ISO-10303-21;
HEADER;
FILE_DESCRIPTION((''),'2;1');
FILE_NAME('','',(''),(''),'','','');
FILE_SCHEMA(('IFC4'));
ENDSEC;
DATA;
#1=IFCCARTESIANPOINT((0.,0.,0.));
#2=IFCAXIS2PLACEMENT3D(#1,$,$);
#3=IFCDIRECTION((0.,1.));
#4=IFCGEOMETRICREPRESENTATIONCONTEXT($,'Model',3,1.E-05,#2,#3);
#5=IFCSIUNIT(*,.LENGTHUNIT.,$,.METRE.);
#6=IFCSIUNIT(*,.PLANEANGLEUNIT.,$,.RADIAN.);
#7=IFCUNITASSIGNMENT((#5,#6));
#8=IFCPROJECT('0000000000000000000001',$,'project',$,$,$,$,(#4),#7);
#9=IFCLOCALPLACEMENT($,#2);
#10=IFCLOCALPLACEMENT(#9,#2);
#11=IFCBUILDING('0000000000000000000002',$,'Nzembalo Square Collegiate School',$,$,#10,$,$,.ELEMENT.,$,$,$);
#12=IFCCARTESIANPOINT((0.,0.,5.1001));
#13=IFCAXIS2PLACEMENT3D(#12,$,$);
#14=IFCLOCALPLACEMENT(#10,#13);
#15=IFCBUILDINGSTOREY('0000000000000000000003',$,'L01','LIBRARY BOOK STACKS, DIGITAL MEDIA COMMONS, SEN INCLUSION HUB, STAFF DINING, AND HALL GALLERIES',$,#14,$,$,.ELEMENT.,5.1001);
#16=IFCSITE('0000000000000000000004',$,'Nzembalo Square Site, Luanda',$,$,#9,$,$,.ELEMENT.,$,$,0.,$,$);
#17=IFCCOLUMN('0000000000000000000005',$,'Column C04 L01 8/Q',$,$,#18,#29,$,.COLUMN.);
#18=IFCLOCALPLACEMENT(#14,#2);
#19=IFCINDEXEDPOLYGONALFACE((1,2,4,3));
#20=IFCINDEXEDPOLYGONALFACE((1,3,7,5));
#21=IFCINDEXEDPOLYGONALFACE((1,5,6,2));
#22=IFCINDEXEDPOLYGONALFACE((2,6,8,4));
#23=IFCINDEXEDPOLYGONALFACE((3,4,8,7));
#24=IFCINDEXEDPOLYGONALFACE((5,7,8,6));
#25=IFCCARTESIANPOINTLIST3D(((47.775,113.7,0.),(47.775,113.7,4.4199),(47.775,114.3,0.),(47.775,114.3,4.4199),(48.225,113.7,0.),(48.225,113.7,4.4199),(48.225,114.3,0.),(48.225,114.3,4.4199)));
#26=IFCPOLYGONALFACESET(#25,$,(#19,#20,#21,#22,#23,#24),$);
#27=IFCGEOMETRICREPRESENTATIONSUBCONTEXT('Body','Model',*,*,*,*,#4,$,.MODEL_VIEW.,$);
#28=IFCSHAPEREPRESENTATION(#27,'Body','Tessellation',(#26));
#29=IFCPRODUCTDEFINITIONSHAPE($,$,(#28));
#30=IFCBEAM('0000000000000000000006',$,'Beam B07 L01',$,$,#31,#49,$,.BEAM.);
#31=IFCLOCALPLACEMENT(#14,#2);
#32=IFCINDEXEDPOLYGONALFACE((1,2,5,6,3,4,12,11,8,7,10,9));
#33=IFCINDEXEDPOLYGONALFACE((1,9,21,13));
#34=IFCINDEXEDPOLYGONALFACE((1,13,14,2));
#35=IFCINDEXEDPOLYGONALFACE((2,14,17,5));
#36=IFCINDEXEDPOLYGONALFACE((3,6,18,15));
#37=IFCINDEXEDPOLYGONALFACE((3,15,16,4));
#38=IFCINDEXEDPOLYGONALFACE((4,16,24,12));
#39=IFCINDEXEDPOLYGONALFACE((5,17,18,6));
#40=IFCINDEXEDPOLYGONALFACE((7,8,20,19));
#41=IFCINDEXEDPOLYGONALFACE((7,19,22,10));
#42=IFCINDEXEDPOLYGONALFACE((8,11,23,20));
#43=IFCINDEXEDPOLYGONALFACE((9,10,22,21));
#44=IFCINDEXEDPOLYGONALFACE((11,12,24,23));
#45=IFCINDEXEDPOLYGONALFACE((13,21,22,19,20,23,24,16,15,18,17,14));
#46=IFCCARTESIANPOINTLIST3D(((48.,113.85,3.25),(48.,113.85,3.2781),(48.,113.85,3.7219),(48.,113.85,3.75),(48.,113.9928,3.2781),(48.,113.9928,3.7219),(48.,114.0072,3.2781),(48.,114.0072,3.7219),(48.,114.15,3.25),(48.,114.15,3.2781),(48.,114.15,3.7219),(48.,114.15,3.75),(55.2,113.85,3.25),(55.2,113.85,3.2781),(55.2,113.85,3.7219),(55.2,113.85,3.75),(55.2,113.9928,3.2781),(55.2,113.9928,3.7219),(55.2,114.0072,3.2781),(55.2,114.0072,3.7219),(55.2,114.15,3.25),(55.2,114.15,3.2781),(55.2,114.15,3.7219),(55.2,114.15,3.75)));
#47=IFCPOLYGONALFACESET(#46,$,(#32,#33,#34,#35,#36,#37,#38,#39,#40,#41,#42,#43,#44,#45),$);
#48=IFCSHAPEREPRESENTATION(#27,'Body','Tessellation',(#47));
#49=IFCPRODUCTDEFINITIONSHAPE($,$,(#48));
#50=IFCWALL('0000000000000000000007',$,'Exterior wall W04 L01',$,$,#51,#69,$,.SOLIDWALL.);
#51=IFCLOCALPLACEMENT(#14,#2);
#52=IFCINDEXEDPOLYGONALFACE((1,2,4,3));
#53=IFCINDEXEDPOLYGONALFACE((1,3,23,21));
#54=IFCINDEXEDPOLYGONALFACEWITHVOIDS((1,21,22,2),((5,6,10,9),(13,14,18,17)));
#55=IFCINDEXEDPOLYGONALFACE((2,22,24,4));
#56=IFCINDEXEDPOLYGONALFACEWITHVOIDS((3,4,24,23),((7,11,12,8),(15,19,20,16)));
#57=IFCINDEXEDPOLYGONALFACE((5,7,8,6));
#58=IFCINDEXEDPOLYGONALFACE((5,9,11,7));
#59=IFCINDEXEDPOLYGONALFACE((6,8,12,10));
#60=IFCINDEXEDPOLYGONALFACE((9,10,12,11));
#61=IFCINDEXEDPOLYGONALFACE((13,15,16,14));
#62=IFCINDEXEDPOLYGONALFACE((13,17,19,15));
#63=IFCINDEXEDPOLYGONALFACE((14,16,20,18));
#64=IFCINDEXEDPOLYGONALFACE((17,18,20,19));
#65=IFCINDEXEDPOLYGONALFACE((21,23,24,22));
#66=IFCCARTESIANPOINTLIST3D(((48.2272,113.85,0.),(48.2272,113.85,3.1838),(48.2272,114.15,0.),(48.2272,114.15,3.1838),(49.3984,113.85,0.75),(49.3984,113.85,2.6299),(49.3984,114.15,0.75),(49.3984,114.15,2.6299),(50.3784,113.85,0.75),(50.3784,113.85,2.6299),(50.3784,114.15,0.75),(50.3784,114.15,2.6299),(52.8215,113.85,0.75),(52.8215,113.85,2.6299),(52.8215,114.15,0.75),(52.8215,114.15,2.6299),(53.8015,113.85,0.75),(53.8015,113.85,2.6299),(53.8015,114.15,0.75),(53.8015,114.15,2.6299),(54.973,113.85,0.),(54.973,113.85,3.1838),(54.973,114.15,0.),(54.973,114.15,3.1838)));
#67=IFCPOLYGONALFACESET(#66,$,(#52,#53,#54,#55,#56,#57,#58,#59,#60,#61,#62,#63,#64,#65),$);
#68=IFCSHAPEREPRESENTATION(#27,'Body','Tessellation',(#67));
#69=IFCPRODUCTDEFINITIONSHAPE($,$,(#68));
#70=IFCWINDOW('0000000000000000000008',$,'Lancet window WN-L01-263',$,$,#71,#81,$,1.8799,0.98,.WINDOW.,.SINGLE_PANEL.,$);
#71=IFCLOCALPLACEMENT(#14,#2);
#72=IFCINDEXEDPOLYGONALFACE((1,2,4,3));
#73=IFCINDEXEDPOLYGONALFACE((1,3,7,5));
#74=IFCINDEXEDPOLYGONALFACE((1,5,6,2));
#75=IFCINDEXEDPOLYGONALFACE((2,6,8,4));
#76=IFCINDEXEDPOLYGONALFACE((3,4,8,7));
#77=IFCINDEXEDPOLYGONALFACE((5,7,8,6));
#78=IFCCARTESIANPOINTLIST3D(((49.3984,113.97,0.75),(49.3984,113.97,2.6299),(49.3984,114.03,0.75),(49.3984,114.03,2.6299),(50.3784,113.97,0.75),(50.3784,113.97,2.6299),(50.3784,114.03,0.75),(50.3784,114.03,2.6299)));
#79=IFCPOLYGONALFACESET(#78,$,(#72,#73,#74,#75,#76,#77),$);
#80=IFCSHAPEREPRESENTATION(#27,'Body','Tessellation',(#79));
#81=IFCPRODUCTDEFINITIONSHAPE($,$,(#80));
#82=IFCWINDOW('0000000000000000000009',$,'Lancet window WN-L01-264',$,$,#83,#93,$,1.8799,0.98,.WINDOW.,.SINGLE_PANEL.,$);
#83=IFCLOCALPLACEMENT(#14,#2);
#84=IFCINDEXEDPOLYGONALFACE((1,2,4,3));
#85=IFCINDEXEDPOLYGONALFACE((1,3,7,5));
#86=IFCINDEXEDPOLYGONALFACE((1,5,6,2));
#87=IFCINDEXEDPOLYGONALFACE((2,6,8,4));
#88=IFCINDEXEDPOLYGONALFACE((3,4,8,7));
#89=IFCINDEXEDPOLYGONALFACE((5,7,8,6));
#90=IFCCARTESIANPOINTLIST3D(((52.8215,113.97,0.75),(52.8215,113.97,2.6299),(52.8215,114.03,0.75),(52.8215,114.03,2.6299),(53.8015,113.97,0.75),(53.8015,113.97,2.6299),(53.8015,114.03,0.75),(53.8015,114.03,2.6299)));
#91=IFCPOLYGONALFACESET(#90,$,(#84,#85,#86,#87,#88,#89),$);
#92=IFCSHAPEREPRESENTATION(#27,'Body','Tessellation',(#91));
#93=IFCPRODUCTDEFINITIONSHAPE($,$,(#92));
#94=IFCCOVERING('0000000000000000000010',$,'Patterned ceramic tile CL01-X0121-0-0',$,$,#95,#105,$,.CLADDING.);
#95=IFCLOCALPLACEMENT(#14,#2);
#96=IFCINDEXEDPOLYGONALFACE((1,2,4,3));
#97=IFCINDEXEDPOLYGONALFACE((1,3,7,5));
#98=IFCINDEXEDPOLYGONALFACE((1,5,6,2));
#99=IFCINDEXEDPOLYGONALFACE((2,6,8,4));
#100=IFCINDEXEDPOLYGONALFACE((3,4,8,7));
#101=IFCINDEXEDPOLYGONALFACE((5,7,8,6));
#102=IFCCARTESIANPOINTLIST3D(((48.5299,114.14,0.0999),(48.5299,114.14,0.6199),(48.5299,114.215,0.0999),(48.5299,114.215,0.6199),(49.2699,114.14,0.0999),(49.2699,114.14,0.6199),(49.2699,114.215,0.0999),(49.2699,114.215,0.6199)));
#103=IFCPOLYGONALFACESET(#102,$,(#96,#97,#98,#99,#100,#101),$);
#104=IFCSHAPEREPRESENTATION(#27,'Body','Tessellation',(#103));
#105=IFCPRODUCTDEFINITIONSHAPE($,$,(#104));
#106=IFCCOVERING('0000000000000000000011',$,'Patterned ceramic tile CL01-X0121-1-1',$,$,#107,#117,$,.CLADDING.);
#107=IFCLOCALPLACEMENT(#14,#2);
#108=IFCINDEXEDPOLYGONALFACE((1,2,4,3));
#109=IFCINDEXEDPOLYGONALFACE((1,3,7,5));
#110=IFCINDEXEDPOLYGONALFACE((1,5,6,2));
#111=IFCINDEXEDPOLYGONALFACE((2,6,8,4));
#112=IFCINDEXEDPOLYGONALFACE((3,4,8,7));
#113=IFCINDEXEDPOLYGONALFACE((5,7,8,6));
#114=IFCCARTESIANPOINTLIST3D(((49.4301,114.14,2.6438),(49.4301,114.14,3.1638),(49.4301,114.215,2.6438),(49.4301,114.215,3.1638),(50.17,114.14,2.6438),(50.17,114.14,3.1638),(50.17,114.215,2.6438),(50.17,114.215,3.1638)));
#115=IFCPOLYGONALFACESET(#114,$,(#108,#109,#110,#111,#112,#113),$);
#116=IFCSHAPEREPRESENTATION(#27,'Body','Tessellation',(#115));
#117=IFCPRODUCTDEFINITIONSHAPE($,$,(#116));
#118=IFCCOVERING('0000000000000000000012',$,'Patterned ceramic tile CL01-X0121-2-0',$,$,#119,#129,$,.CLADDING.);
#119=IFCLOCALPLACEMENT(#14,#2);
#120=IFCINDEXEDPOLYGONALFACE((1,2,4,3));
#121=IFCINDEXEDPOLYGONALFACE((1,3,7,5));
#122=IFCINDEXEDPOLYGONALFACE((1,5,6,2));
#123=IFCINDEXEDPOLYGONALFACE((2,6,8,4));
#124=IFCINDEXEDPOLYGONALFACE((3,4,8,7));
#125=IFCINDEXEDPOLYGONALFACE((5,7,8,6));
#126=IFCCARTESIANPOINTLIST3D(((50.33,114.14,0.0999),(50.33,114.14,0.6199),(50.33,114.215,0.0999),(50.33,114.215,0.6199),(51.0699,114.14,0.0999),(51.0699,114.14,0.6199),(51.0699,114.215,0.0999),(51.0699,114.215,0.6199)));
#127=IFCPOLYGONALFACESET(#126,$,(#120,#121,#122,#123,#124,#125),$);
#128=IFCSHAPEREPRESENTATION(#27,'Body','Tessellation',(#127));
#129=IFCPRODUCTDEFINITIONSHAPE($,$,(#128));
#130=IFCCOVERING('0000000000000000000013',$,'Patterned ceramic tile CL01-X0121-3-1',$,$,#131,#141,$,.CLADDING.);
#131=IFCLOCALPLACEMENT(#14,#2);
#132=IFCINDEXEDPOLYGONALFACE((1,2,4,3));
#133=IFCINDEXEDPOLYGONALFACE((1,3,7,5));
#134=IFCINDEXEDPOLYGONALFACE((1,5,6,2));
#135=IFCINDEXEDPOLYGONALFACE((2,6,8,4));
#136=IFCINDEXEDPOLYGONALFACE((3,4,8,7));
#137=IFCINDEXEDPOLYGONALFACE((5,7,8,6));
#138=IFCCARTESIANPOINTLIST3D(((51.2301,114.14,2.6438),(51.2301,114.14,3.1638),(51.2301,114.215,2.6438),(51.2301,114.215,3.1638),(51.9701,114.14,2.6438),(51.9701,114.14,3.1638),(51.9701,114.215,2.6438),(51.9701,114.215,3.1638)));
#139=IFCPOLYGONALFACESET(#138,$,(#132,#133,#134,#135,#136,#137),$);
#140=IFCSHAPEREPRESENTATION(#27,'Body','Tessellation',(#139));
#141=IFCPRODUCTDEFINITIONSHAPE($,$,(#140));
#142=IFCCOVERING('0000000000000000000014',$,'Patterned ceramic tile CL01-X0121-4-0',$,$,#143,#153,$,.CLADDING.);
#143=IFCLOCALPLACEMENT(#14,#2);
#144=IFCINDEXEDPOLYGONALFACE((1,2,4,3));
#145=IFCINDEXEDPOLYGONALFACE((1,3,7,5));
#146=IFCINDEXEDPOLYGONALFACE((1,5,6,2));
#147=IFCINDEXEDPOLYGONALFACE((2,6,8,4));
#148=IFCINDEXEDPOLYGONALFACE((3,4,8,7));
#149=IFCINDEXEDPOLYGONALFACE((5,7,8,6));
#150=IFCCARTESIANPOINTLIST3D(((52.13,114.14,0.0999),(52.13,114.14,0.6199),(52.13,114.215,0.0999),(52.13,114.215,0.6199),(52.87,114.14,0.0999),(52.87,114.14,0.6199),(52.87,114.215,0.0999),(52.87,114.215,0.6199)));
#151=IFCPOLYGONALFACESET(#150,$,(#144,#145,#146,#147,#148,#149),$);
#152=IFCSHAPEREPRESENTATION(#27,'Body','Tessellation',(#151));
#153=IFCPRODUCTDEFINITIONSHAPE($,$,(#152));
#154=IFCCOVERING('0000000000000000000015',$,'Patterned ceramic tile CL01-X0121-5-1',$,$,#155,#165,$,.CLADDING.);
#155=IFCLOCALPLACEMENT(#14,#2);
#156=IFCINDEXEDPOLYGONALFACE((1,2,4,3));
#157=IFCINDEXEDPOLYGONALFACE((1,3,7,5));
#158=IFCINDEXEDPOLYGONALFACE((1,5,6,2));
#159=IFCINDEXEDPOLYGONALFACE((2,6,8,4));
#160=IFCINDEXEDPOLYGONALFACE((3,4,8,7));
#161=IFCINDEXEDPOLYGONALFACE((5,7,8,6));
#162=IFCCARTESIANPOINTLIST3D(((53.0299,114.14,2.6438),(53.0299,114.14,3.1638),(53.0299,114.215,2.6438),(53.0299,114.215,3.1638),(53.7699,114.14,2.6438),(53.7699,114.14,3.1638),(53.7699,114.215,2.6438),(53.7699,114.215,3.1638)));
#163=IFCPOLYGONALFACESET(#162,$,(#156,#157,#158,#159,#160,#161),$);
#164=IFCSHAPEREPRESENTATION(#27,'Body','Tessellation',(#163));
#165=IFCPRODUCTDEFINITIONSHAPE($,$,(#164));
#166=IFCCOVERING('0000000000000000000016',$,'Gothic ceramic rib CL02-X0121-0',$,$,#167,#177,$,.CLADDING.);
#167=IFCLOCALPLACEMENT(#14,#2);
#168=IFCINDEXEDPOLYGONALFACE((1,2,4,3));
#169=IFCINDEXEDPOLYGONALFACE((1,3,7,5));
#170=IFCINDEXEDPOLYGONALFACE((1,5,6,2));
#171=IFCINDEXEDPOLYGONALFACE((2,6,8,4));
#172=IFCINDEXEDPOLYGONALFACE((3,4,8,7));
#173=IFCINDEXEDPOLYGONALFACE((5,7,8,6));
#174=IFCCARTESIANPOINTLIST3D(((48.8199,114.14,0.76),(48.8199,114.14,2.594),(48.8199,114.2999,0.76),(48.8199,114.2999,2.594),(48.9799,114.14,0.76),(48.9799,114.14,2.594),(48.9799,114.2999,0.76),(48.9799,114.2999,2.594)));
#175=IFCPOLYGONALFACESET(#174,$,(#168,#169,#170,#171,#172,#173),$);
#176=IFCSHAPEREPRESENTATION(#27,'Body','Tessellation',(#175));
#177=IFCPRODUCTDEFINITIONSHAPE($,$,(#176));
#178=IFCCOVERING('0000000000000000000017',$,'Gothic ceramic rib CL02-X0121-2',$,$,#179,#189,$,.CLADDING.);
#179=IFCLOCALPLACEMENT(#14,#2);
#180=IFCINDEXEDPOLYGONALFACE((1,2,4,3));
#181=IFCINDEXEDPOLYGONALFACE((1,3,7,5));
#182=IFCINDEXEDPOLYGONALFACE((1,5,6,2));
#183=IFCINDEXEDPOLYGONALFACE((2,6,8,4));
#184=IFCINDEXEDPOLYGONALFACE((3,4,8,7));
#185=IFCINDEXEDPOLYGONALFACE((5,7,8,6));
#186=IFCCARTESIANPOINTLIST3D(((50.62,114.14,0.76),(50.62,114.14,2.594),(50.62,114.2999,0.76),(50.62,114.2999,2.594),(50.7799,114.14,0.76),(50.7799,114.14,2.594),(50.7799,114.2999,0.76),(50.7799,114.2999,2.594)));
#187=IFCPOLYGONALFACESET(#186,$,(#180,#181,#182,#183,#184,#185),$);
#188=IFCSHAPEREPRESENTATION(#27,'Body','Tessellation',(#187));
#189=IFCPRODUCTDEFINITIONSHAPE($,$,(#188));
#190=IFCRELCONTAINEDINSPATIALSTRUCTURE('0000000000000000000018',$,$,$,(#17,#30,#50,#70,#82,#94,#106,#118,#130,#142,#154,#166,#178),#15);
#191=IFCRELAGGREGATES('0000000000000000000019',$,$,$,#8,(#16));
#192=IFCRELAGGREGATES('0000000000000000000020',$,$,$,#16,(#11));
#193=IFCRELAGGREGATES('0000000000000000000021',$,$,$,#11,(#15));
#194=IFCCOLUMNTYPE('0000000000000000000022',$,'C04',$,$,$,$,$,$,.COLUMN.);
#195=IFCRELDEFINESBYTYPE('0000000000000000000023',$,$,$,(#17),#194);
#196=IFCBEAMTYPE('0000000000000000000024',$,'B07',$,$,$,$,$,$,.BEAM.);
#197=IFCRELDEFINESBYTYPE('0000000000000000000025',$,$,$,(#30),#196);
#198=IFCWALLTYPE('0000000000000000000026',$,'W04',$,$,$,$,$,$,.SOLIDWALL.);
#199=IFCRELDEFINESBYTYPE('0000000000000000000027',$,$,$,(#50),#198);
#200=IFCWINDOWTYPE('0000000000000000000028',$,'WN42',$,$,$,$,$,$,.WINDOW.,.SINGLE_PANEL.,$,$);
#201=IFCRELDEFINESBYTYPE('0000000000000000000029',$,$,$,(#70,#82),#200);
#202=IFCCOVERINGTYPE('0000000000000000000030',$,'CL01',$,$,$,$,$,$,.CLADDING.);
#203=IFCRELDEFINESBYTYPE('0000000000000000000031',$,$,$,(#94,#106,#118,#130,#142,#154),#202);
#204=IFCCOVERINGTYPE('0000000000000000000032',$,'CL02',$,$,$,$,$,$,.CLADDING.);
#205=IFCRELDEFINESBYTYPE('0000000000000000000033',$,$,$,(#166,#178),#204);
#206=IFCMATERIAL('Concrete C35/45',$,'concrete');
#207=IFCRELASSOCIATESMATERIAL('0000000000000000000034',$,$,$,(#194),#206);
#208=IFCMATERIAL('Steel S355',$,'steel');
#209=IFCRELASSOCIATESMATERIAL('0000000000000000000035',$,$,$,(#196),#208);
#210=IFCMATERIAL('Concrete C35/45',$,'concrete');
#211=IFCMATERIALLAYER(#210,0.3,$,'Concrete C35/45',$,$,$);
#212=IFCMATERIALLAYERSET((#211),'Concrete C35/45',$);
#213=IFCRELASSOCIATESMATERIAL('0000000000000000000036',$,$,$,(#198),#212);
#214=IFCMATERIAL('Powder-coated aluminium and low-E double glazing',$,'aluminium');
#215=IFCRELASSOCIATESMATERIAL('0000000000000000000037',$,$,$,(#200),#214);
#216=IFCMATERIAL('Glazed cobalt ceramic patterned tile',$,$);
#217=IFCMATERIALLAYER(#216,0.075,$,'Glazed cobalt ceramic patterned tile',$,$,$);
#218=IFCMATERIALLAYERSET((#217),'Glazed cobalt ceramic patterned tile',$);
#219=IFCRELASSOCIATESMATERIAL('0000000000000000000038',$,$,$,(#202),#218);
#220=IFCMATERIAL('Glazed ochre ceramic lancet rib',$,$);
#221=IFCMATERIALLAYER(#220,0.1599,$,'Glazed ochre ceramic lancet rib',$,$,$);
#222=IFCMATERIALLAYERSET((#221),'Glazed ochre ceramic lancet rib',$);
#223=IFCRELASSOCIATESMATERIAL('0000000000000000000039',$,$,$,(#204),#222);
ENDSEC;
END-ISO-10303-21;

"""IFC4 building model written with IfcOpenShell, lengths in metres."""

from ifc_helpers import new_model, si_unit, direction, frame, frame_2d, origin, origin_2d, place, context, subcontext, project, spatial, rectangle, i_section, extrude, material, layer, layer_set, material_profile, profile_set, type_object, element, fill, save


model = new_model("IFC4")

# Units and contexts
model_context = context("Model", 3, precision=1e-05, world=origin(), true_north=direction((0.0, 1.0)))
body_context = subcontext(model_context, "Body", "Model", "MODEL_VIEW")
ifc_project = project(units=[si_unit("LENGTHUNIT", "METRE"), si_unit("PLANEANGLEUNIT", "RADIAN")], contexts=[model_context])

# Site, building, storey
site_placement = place(None, origin())
site = spatial("IfcSite", under=ifc_project, at=site_placement, Name="Nzembalo Square Site, Luanda", CompositionType="ELEMENT", RefElevation=0.0)
building_placement = place(site_placement, origin())
building = spatial("IfcBuilding", under=site, at=building_placement, Name="Nzembalo Square Collegiate School", CompositionType="ELEMENT")
storey_placement = place(building_placement, frame((0.0, 0.0, 5.1001)))
storey = spatial("IfcBuildingStorey", under=building, at=storey_placement, Name="L01", Description="LIBRARY BOOK STACKS, DIGITAL MEDIA COMMONS, SEN INCLUSION HUB, STAFF DINING, AND HALL GALLERIES", CompositionType="ELEMENT", Elevation=5.1001)

# Column
ifc_material_1 = material(Name="Concrete C35/45", Category="concrete")
ifc_material_profile_1 = material_profile(ifc_material_1, rectangle(XDim=0.45, YDim=0.6001, at=origin_2d()), Name="RC 450x600")
ifc_profile_set_1 = profile_set([ifc_material_profile_1], Name="Concrete C35/45")
column_type = type_object("IfcColumnType", Name="C04", PredefinedType="COLUMN", material=ifc_profile_set_1)
column_placement = place(storey_placement, frame((48.0, 114.0, 0.0), z_axis=(0.0, 0.0, 1.0), x_axis=(1.0, 0.0, 0.0)))
element("IfcColumn", 1, at=column_placement, inside=storey, type_object=column_type, Name="Column C04 L01 8/Q", PredefinedType="COLUMN", context=body_context, shape_type="SweptSolid", body=[
    extrude(rectangle(XDim=0.45, YDim=0.6001, at=origin_2d()), origin(), (0.0, 0.0, 1.0), 4.4199),
])

# Beam
ifc_material_2 = material(Name="Steel S355", Category="steel")
ifc_material_profile_2 = material_profile(ifc_material_2, i_section(OverallWidth=0.3, OverallDepth=0.5, WebThickness=0.0144, FlangeThickness=0.0281, at=origin_2d()), Name="HEB 500")
ifc_profile_set_2 = profile_set([ifc_material_profile_2], Name="Steel S355")
beam_type = type_object("IfcBeamType", Name="B07", PredefinedType="BEAM", material=ifc_profile_set_2)
beam_placement = place(storey_placement, frame((48.0, 114.0, 3.5), z_axis=(1.0, 0.0, 0.0), x_axis=(0.0, 1.0, 0.0)))
element("IfcBeam", 2, at=beam_placement, inside=storey, type_object=beam_type, Name="Beam B07 L01", PredefinedType="BEAM", context=body_context, shape_type="SweptSolid", body=[
    extrude(i_section(OverallWidth=0.3, OverallDepth=0.5, WebThickness=0.0144, FlangeThickness=0.0281, at=origin_2d()), origin(), (0.0, 0.0, 1.0), 7.2),
])

# Wall, openings, windows
ifc_material_3 = material(Name="Concrete C35/45", Category="concrete")
ifc_layer_1 = layer(ifc_material_3, 0.3, Name="Concrete C35/45")
ifc_layer_set_1 = layer_set([ifc_layer_1], Name="Concrete C35/45")
wall_type = type_object("IfcWallType", Name="W04", PredefinedType="SOLIDWALL", material=ifc_layer_set_1)
wall_placement = place(storey_placement, frame((48.2271, 114.0, 0.0), z_axis=(0.0, 0.0, 1.0), x_axis=(1.0, 0.0, 0.0)))
wall = element("IfcWall", 3, at=wall_placement, inside=storey, type_object=wall_type, Name="Exterior wall W04 L01", PredefinedType="SOLIDWALL", context=body_context, shape_type="SweptSolid", body=[
    extrude(rectangle(XDim=6.7458, YDim=0.3, at=frame_2d((3.373, 0.0))), origin(), (0.0, 0.0, 1.0), 3.1838),
])
opening_1_placement = place(wall_placement, frame((1.1714, 0.0, 0.75)))
opening_1 = element("IfcOpeningElement", 4, at=opening_1_placement, cuts=wall, PredefinedType="OPENING", context=body_context, shape_type="SweptSolid", body=[
    extrude(rectangle(XDim=0.98, YDim=1.8799, at=frame_2d((0.49, 0.9399))), frame((0.0, 0.1602, 0.0), z_axis=(0.0, -1.0, 0.0), x_axis=(1.0, 0.0, 0.0)), (0.0, 0.0, 1.0), 0.3201),
])
opening_2_placement = place(wall_placement, frame((4.5945, 0.0, 0.75)))
opening_2 = element("IfcOpeningElement", 5, at=opening_2_placement, cuts=wall, PredefinedType="OPENING", context=body_context, shape_type="SweptSolid", body=[
    extrude(rectangle(XDim=0.98, YDim=1.8799, at=frame_2d((0.49, 0.9399))), frame((0.0, 0.1602, 0.0), z_axis=(0.0, -1.0, 0.0), x_axis=(1.0, 0.0, 0.0)), (0.0, 0.0, 1.0), 0.3201),
])
ifc_material_4 = material(Name="Powder-coated aluminium and low-E double glazing", Category="aluminium")
window_type = type_object("IfcWindowType", Name="WN42", PartitioningType="SINGLE_PANEL", PredefinedType="WINDOW", material=ifc_material_4)
window_1_placement = place(opening_1_placement, origin())
window_1 = element("IfcWindow", 6, at=window_1_placement, inside=storey, type_object=window_type, Name="Lancet window WN-L01-263", OverallHeight=1.8799, OverallWidth=0.98, PartitioningType="SINGLE_PANEL", PredefinedType="WINDOW", context=body_context, shape_type="SweptSolid", body=[
    extrude(rectangle(XDim=0.98, YDim=1.8799, at=frame_2d((0.49, 0.9399))), frame((0.0, 0.03, 0.0), z_axis=(0.0, -1.0, 0.0), x_axis=(1.0, 0.0, 0.0)), (0.0, 0.0, 1.0), 0.0601),
])
fill(opening_1, window_1)
window_2_placement = place(opening_2_placement, origin())
window_2 = element("IfcWindow", 7, at=window_2_placement, inside=storey, type_object=window_type, Name="Lancet window WN-L01-264", OverallHeight=1.8799, OverallWidth=0.98, PartitioningType="SINGLE_PANEL", PredefinedType="WINDOW", context=body_context, shape_type="SweptSolid", body=[
    extrude(rectangle(XDim=0.98, YDim=1.8799, at=frame_2d((0.49, 0.9399))), frame((0.0, 0.03, 0.0), z_axis=(0.0, -1.0, 0.0), x_axis=(1.0, 0.0, 0.0)), (0.0, 0.0, 1.0), 0.0601),
])
fill(opening_2, window_2)

# Coverings
ifc_material_5 = material(Name="Glazed cobalt ceramic patterned tile")
ifc_layer_2 = layer(ifc_material_5, 0.075, Name="Glazed cobalt ceramic patterned tile")
ifc_layer_set_2 = layer_set([ifc_layer_2], Name="Glazed cobalt ceramic patterned tile")
covering_type_1 = type_object("IfcCoveringType", Name="CL01", PredefinedType="CLADDING", material=ifc_layer_set_2)
for number, where, z_axis, x_axis, name in (
    (8, (48.8999, 114.1775, 0.0999), (0.0, 0.0, 1.0), (1.0, 0.0, 0.0), "Patterned ceramic tile CL01-X0121-0-0"),
    (9, (49.8, 114.1775, 2.6438), (0.0, 0.0, 1.0), (1.0, 0.0, 0.0), "Patterned ceramic tile CL01-X0121-1-1"),
    (10, (50.7, 114.1775, 0.0999), (0.0, 0.0, 1.0), (1.0, 0.0, 0.0), "Patterned ceramic tile CL01-X0121-2-0"),
    (11, (51.6001, 114.1775, 2.6438), (0.0, 0.0, 1.0), (1.0, 0.0, 0.0), "Patterned ceramic tile CL01-X0121-3-1"),
    (12, (52.5, 114.1775, 0.0999), (0.0, 0.0, 1.0), (1.0, 0.0, 0.0), "Patterned ceramic tile CL01-X0121-4-0"),
    (13, (53.3999, 114.1775, 2.6438), (0.0, 0.0, 1.0), (1.0, 0.0, 0.0), "Patterned ceramic tile CL01-X0121-5-1"),
):
    element("IfcCovering", number, at=place(storey_placement, frame(where, z_axis=z_axis, x_axis=x_axis)), inside=storey, type_object=covering_type_1, Name=name, PredefinedType="CLADDING", context=body_context, shape_type="SweptSolid", body=[
        extrude(rectangle(XDim=0.74, YDim=0.075, at=origin_2d()), origin(), (0.0, 0.0, 1.0), 0.52),
    ])
ifc_material_6 = material(Name="Glazed ochre ceramic lancet rib")
ifc_layer_3 = layer(ifc_material_6, 0.1599, Name="Glazed ochre ceramic lancet rib")
ifc_layer_set_3 = layer_set([ifc_layer_3], Name="Glazed ochre ceramic lancet rib")
covering_type_2 = type_object("IfcCoveringType", Name="CL02", PredefinedType="CLADDING", material=ifc_layer_set_3)
for number, where, z_axis, x_axis, name in (
    (14, (48.8999, 114.22, 0.76), (0.0, 0.0, 1.0), (1.0, 0.0, 0.0), "Gothic ceramic rib CL02-X0121-0"),
    (15, (50.7, 114.22, 0.76), (0.0, 0.0, 1.0), (1.0, 0.0, 0.0), "Gothic ceramic rib CL02-X0121-2"),
):
    element("IfcCovering", number, at=place(storey_placement, frame(where, z_axis=z_axis, x_axis=x_axis)), inside=storey, type_object=covering_type_2, Name=name, PredefinedType="CLADDING", context=body_context, shape_type="SweptSolid", body=[
        extrude(rectangle(XDim=0.1599, YDim=0.1599, at=origin_2d()), origin(), (0.0, 0.0, 1.0), 1.834),
    ])

save(model, "model.ifc")
